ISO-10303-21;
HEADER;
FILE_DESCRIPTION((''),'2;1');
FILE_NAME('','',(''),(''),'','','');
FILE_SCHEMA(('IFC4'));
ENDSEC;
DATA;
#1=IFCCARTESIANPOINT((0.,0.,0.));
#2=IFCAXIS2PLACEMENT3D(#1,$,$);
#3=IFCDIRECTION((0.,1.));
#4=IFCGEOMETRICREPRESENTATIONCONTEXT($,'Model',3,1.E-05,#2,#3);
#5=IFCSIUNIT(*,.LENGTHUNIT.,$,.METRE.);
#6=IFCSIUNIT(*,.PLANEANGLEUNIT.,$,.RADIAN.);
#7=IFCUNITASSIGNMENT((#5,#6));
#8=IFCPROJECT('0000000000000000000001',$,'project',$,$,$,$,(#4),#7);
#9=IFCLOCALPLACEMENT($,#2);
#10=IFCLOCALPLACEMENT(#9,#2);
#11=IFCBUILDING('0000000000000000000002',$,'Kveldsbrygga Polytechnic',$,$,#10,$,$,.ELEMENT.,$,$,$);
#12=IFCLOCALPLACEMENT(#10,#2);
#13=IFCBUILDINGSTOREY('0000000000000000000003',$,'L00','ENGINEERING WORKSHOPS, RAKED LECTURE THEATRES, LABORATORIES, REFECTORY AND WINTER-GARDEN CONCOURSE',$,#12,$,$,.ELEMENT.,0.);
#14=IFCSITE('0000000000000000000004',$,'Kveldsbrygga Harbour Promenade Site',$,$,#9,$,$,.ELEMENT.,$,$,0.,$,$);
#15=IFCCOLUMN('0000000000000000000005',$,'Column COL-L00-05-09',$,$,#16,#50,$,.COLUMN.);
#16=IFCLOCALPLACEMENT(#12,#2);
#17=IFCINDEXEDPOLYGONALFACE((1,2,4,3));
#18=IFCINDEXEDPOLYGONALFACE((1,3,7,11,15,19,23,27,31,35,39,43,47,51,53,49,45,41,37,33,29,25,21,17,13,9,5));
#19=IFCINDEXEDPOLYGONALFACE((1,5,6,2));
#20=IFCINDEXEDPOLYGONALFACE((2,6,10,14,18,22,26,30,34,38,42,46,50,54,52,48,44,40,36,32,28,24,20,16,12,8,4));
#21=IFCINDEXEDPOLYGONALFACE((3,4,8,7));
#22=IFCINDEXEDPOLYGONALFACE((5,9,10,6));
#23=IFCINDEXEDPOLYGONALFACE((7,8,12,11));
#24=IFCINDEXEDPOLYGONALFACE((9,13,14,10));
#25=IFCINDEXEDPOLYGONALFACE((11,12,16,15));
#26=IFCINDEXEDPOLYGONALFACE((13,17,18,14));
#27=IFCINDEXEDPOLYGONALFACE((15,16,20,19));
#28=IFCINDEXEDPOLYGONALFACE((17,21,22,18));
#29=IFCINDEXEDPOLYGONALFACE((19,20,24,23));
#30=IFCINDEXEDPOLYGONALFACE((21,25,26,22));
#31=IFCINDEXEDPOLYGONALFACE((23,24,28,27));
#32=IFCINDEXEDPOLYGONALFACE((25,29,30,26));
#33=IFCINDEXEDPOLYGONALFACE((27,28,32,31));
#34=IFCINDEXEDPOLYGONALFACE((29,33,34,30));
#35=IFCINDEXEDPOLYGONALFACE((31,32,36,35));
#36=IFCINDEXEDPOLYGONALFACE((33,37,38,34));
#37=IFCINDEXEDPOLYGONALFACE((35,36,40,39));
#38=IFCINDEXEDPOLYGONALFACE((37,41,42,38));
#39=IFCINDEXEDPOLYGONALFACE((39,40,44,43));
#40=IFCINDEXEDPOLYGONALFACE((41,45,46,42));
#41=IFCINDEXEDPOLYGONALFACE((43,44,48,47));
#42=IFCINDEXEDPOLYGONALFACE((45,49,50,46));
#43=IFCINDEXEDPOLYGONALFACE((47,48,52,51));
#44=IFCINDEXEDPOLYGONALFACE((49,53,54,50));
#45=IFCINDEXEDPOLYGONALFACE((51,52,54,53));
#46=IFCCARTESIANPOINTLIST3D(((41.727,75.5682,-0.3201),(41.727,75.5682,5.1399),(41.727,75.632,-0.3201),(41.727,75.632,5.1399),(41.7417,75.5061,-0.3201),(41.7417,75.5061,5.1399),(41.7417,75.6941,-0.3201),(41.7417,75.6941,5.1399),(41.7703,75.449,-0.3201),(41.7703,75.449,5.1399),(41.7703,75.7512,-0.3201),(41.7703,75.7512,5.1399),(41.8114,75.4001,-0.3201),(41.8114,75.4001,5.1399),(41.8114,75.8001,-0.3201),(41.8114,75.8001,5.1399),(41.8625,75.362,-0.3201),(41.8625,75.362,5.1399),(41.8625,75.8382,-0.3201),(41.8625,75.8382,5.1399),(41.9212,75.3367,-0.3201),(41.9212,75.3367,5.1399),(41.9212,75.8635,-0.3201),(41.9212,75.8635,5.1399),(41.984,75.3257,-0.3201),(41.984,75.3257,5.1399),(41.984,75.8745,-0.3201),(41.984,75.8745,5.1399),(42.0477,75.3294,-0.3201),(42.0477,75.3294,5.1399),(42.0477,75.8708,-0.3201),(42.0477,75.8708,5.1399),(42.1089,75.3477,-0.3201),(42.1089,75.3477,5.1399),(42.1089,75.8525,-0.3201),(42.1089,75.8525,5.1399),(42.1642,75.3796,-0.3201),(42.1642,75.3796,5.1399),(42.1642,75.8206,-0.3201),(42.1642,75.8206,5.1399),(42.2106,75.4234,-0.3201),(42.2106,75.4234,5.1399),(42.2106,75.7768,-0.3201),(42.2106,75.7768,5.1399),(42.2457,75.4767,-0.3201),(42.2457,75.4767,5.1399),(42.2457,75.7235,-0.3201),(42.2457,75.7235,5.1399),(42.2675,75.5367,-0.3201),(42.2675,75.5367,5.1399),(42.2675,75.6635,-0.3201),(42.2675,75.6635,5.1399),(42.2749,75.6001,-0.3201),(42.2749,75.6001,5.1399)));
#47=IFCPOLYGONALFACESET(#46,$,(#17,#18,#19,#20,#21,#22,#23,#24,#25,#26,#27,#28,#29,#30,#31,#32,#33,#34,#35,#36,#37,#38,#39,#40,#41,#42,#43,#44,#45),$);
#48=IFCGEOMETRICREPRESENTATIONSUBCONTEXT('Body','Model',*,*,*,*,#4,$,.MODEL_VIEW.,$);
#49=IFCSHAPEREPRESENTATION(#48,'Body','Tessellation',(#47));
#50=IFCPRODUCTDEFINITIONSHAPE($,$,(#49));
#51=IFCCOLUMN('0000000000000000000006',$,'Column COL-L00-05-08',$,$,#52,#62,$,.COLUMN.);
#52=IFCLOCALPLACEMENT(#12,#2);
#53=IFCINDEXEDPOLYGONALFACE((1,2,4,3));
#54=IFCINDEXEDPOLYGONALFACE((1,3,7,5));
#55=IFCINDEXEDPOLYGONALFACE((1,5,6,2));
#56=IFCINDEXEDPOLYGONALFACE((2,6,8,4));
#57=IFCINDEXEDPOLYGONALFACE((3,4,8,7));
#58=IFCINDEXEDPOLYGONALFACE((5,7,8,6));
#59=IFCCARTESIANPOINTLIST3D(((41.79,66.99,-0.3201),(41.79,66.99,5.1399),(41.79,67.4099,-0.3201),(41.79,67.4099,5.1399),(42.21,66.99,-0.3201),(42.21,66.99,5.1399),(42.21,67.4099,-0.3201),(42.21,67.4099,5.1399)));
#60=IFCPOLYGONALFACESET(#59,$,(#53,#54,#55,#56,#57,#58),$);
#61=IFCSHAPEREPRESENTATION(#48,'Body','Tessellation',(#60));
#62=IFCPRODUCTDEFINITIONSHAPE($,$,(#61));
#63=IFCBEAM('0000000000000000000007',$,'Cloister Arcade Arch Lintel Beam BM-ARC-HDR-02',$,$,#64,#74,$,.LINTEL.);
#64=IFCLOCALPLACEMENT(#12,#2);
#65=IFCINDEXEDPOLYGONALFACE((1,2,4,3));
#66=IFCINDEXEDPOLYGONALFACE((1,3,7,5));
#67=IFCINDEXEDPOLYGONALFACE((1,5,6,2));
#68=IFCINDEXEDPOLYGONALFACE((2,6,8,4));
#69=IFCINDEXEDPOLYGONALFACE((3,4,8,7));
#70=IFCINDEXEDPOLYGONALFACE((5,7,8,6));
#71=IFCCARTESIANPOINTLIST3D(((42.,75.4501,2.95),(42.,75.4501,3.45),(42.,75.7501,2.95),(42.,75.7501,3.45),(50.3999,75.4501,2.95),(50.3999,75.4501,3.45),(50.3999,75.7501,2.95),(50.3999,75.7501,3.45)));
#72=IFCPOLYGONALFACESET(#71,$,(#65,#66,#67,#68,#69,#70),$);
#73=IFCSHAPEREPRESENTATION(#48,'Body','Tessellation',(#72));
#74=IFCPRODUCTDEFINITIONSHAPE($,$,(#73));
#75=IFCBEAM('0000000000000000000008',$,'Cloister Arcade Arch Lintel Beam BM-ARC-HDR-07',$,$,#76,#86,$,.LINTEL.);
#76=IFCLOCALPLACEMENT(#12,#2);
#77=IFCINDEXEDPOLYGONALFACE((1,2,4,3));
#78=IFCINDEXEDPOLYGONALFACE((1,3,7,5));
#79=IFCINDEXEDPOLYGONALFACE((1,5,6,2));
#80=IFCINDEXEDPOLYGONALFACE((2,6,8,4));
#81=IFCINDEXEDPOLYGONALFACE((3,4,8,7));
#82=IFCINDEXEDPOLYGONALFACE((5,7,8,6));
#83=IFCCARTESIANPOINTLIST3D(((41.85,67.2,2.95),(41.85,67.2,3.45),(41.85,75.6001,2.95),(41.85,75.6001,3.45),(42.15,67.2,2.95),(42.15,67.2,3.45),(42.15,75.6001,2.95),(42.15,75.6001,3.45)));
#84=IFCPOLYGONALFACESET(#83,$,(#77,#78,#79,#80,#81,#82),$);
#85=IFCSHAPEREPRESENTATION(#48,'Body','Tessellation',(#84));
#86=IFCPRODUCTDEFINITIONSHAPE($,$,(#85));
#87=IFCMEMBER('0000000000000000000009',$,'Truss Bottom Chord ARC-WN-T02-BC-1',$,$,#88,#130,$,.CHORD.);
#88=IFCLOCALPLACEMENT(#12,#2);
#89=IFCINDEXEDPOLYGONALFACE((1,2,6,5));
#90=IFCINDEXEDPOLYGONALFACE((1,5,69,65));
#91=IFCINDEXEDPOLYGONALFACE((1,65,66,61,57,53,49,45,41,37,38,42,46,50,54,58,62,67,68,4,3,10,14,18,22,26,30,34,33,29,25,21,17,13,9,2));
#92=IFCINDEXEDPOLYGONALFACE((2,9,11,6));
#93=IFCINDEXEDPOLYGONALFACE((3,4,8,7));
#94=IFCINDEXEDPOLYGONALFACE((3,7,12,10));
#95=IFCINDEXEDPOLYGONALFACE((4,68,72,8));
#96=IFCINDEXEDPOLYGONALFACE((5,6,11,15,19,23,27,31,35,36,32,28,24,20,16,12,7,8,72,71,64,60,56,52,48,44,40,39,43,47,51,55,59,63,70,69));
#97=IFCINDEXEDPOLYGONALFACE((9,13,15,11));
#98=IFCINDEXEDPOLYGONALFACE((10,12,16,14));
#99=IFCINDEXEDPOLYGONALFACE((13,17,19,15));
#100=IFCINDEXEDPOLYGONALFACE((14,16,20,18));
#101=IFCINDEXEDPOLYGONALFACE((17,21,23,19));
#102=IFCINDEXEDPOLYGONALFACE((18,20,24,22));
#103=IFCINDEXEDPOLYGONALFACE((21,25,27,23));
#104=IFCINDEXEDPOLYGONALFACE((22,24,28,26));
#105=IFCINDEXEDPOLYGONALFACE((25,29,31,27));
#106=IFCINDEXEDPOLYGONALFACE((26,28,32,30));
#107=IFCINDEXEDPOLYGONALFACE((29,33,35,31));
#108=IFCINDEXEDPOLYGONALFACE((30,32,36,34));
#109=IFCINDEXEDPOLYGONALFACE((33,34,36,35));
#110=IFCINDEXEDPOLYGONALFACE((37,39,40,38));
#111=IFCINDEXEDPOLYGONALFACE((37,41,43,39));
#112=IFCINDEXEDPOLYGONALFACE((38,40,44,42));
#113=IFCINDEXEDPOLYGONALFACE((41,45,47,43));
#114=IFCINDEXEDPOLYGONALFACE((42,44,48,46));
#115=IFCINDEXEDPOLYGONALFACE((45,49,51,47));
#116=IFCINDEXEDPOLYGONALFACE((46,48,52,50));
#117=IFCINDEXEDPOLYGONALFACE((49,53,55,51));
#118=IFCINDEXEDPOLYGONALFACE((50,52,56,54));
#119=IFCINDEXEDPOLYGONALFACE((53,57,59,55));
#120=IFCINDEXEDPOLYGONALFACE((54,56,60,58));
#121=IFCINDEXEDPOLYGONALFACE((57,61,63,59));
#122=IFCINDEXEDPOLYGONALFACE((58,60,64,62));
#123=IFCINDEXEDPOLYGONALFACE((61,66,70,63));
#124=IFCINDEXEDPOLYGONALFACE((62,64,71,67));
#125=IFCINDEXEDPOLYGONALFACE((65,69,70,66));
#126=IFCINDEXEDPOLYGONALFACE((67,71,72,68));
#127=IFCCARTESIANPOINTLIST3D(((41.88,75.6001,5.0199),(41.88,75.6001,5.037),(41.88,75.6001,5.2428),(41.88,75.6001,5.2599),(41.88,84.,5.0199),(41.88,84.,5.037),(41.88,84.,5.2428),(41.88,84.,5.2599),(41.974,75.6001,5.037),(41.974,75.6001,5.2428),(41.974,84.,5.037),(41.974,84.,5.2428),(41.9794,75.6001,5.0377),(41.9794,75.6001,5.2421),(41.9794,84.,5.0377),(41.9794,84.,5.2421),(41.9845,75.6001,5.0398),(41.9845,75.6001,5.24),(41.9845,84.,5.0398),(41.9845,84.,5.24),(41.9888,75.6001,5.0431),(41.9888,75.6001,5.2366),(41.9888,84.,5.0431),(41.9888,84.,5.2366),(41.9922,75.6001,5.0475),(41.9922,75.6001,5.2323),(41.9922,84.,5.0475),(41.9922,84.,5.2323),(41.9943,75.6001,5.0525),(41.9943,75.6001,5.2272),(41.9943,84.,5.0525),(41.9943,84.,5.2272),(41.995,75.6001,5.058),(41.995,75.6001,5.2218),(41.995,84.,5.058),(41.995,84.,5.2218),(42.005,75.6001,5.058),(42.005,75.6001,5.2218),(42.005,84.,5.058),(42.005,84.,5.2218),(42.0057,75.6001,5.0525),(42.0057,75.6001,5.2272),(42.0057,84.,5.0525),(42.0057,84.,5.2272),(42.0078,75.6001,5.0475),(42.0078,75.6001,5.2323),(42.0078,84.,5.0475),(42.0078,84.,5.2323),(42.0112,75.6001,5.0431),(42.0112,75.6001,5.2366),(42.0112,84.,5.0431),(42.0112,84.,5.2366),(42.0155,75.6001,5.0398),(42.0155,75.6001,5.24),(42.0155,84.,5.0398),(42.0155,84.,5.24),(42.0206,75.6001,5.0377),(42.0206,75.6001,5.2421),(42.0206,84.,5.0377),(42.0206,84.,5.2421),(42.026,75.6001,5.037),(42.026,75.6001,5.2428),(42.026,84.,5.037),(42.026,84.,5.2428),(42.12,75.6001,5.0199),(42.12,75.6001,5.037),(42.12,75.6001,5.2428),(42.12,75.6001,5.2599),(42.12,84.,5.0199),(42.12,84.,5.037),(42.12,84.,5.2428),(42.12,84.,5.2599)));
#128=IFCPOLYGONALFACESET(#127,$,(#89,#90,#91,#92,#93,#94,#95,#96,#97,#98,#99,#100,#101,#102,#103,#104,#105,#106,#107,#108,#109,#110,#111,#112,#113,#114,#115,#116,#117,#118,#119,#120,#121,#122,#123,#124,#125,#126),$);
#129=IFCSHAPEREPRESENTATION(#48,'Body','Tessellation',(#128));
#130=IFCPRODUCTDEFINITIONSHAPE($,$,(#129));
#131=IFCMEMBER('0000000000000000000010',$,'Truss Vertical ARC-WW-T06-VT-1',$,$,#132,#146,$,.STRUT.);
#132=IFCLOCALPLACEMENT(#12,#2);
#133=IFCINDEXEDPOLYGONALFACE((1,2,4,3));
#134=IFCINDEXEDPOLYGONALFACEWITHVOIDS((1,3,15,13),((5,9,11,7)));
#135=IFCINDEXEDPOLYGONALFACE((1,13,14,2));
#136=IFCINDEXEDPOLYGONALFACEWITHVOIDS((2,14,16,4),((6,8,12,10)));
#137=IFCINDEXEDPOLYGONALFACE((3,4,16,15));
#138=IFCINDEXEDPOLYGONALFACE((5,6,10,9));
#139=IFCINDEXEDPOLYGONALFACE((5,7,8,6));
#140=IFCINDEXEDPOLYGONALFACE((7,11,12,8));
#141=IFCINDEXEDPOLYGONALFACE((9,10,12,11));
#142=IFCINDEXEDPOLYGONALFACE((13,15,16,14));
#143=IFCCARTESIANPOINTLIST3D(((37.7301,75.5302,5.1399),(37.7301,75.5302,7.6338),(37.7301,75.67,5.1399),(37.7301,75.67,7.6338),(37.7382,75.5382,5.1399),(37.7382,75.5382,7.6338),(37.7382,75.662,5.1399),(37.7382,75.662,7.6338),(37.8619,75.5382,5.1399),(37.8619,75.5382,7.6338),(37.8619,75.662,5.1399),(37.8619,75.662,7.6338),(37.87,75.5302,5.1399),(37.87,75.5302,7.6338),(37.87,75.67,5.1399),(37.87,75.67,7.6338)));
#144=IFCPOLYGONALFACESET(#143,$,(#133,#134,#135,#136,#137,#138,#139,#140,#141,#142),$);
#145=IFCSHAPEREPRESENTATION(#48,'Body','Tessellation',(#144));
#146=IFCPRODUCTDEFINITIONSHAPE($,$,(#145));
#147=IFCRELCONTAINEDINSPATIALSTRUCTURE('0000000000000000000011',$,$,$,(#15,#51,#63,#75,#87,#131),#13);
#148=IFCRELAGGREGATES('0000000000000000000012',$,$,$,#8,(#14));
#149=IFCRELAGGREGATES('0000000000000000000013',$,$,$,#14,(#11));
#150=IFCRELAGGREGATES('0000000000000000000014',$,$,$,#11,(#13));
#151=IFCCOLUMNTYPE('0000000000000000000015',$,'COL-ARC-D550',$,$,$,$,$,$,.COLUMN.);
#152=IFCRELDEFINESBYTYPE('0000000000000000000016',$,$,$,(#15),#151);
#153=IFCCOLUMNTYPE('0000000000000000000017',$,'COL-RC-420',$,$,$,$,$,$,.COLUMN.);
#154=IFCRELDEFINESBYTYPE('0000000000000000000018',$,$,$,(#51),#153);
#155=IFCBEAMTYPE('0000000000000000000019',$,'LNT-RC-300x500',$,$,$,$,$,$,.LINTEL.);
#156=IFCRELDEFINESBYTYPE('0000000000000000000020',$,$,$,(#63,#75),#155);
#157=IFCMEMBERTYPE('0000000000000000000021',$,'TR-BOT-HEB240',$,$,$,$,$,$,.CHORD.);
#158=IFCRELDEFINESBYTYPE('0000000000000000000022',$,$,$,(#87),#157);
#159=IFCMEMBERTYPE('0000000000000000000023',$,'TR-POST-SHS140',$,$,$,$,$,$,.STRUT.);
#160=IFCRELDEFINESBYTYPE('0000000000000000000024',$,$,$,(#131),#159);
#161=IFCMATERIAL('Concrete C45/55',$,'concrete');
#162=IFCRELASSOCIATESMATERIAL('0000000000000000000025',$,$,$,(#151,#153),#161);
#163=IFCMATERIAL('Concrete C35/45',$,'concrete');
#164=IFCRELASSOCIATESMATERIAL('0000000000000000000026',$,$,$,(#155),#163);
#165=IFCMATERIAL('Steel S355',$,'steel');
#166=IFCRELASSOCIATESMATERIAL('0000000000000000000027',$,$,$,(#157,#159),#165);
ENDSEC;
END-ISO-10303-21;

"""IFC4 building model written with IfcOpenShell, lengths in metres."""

from ifc_helpers import new_model, si_unit, direction, frame, origin, origin_2d, place, context, subcontext, project, spatial, rectangle, hollow_rectangle, circle, i_section, extrude, material, material_profile, profile_set, type_object, element, save


model = new_model("IFC4")

# Units and contexts
model_context = context("Model", 3, precision=1e-05, world=origin(), true_north=direction((0.0, 1.0)))
body_context = subcontext(model_context, "Body", "Model", "MODEL_VIEW")
ifc_project = project(units=[si_unit("LENGTHUNIT", "METRE"), si_unit("PLANEANGLEUNIT", "RADIAN")], contexts=[model_context])

# Site, building, storey
site_placement = place(None, origin())
site = spatial("IfcSite", under=ifc_project, at=site_placement, Name="Kveldsbrygga Harbour Promenade Site", CompositionType="ELEMENT", RefElevation=0.0)
building_placement = place(site_placement, origin())
building = spatial("IfcBuilding", under=site, at=building_placement, Name="Kveldsbrygga Polytechnic", CompositionType="ELEMENT")
storey_placement = place(building_placement, origin())
storey = spatial("IfcBuildingStorey", under=building, at=storey_placement, Name="L00", Description="ENGINEERING WORKSHOPS, RAKED LECTURE THEATRES, LABORATORIES, REFECTORY AND WINTER-GARDEN CONCOURSE", CompositionType="ELEMENT", Elevation=0.0)

# Shared definitions
ifc_material_1 = material(Name="Concrete C35/45", Category="concrete")

# Shared definitions
ifc_material_2 = material(Name="Concrete C45/55", Category="concrete")

# Columns
ifc_material_profile_1 = material_profile(ifc_material_2, circle(Radius=0.2749, at=origin_2d()), Name="RC D550")
ifc_profile_set_1 = profile_set([ifc_material_profile_1], Name="Concrete C45/55")
column_type_1 = type_object("IfcColumnType", Name="COL-ARC-D550", PredefinedType="COLUMN", material=ifc_profile_set_1)
column_1_placement = place(storey_placement, frame((42.0, 75.6001, -0.3201), z_axis=(0.0, 0.0, 1.0), x_axis=(1.0, 0.0, 0.0)))
element("IfcColumn", 1, at=column_1_placement, inside=storey, type_object=column_type_1, Name="Column COL-L00-05-09", PredefinedType="COLUMN", context=body_context, shape_type="SweptSolid", body=[
    extrude(circle(Radius=0.2749, at=origin_2d()), origin(), (0.0, 0.0, 1.0), 5.46),
])
ifc_material_profile_2 = material_profile(ifc_material_2, rectangle(XDim=0.4199, YDim=0.4199, at=origin_2d()), Name="RC 420x420")
ifc_profile_set_2 = profile_set([ifc_material_profile_2], Name="Concrete C45/55")
column_type_2 = type_object("IfcColumnType", Name="COL-RC-420", PredefinedType="COLUMN", material=ifc_profile_set_2)
column_2_placement = place(storey_placement, frame((42.0, 67.2, -0.3201), z_axis=(0.0, 0.0, 1.0), x_axis=(1.0, 0.0, 0.0)))
element("IfcColumn", 2, at=column_2_placement, inside=storey, type_object=column_type_2, Name="Column COL-L00-05-08", PredefinedType="COLUMN", context=body_context, shape_type="SweptSolid", body=[
    extrude(rectangle(XDim=0.4199, YDim=0.4199, at=origin_2d()), origin(), (0.0, 0.0, 1.0), 5.46),
])

# Beams
ifc_material_profile_3 = material_profile(ifc_material_1, rectangle(XDim=0.3, YDim=0.5, at=origin_2d()), Name="RC 300x500")
ifc_profile_set_3 = profile_set([ifc_material_profile_3], Name="Concrete C35/45")
beam_type = type_object("IfcBeamType", Name="LNT-RC-300x500", PredefinedType="LINTEL", material=ifc_profile_set_3)
beam_1_placement = place(storey_placement, frame((42.0, 75.6001, 3.2), z_axis=(1.0, 0.0, 0.0), x_axis=(0.0, 1.0, 0.0)))
element("IfcBeam", 3, at=beam_1_placement, inside=storey, type_object=beam_type, Name="Cloister Arcade Arch Lintel Beam BM-ARC-HDR-02", PredefinedType="LINTEL", context=body_context, shape_type="SweptSolid", body=[
    extrude(rectangle(XDim=0.3, YDim=0.5, at=origin_2d()), origin(), (0.0, 0.0, 1.0), 8.3999),
])
beam_2_placement = place(storey_placement, frame((42.0, 67.2, 3.2), z_axis=(0.0, 1.0, 0.0), x_axis=(-1.0, 0.0, 0.0)))
element("IfcBeam", 4, at=beam_2_placement, inside=storey, type_object=beam_type, Name="Cloister Arcade Arch Lintel Beam BM-ARC-HDR-07", PredefinedType="LINTEL", context=body_context, shape_type="SweptSolid", body=[
    extrude(rectangle(XDim=0.3, YDim=0.5, at=origin_2d()), origin(), (0.0, 0.0, 1.0), 8.4001),
])

# Members
ifc_material_3 = material(Name="Steel S355", Category="steel")
ifc_material_profile_4 = material_profile(ifc_material_3, i_section(OverallWidth=0.24, OverallDepth=0.24, WebThickness=0.01, FlangeThickness=0.0171, FilletRadius=0.021, at=origin_2d()), Name="HEB 240")
ifc_profile_set_4 = profile_set([ifc_material_profile_4], Name="Steel S355")
member_type_1 = type_object("IfcMemberType", Name="TR-BOT-HEB240", PredefinedType="CHORD", material=ifc_profile_set_4)
member_1_placement = place(storey_placement, frame((42.0, 75.6001, 5.1399), z_axis=(0.0, 1.0, 0.0), x_axis=(-1.0, 0.0, 0.0)))
element("IfcMember", 5, at=member_1_placement, inside=storey, type_object=member_type_1, Name="Truss Bottom Chord ARC-WN-T02-BC-1", PredefinedType="CHORD", context=body_context, shape_type="SweptSolid", body=[
    extrude(i_section(OverallWidth=0.24, OverallDepth=0.24, WebThickness=0.01, FlangeThickness=0.0171, FilletRadius=0.021, at=origin_2d()), origin(), (0.0, 0.0, 1.0), 8.3999),
])
ifc_material_profile_5 = material_profile(ifc_material_3, hollow_rectangle(XDim=0.1399, YDim=0.1399, WallThickness=0.0081, at=origin_2d()), Name="SHS 140x140x8.0")
ifc_profile_set_5 = profile_set([ifc_material_profile_5], Name="Steel S355")
member_type_2 = type_object("IfcMemberType", Name="TR-POST-SHS140", PredefinedType="STRUT", material=ifc_profile_set_5)
member_2_placement = place(storey_placement, frame((37.8, 75.6001, 5.1399), z_axis=(0.0, 0.0, 1.0), x_axis=(1.0, 0.0, 0.0)))
element("IfcMember", 6, at=member_2_placement, inside=storey, type_object=member_type_2, Name="Truss Vertical ARC-WW-T06-VT-1", PredefinedType="STRUT", context=body_context, shape_type="SweptSolid", body=[
    extrude(hollow_rectangle(XDim=0.1399, YDim=0.1399, WallThickness=0.0081, at=origin_2d()), origin(), (0.0, 0.0, 1.0), 2.4939),
])

save(model, "model.ifc")
